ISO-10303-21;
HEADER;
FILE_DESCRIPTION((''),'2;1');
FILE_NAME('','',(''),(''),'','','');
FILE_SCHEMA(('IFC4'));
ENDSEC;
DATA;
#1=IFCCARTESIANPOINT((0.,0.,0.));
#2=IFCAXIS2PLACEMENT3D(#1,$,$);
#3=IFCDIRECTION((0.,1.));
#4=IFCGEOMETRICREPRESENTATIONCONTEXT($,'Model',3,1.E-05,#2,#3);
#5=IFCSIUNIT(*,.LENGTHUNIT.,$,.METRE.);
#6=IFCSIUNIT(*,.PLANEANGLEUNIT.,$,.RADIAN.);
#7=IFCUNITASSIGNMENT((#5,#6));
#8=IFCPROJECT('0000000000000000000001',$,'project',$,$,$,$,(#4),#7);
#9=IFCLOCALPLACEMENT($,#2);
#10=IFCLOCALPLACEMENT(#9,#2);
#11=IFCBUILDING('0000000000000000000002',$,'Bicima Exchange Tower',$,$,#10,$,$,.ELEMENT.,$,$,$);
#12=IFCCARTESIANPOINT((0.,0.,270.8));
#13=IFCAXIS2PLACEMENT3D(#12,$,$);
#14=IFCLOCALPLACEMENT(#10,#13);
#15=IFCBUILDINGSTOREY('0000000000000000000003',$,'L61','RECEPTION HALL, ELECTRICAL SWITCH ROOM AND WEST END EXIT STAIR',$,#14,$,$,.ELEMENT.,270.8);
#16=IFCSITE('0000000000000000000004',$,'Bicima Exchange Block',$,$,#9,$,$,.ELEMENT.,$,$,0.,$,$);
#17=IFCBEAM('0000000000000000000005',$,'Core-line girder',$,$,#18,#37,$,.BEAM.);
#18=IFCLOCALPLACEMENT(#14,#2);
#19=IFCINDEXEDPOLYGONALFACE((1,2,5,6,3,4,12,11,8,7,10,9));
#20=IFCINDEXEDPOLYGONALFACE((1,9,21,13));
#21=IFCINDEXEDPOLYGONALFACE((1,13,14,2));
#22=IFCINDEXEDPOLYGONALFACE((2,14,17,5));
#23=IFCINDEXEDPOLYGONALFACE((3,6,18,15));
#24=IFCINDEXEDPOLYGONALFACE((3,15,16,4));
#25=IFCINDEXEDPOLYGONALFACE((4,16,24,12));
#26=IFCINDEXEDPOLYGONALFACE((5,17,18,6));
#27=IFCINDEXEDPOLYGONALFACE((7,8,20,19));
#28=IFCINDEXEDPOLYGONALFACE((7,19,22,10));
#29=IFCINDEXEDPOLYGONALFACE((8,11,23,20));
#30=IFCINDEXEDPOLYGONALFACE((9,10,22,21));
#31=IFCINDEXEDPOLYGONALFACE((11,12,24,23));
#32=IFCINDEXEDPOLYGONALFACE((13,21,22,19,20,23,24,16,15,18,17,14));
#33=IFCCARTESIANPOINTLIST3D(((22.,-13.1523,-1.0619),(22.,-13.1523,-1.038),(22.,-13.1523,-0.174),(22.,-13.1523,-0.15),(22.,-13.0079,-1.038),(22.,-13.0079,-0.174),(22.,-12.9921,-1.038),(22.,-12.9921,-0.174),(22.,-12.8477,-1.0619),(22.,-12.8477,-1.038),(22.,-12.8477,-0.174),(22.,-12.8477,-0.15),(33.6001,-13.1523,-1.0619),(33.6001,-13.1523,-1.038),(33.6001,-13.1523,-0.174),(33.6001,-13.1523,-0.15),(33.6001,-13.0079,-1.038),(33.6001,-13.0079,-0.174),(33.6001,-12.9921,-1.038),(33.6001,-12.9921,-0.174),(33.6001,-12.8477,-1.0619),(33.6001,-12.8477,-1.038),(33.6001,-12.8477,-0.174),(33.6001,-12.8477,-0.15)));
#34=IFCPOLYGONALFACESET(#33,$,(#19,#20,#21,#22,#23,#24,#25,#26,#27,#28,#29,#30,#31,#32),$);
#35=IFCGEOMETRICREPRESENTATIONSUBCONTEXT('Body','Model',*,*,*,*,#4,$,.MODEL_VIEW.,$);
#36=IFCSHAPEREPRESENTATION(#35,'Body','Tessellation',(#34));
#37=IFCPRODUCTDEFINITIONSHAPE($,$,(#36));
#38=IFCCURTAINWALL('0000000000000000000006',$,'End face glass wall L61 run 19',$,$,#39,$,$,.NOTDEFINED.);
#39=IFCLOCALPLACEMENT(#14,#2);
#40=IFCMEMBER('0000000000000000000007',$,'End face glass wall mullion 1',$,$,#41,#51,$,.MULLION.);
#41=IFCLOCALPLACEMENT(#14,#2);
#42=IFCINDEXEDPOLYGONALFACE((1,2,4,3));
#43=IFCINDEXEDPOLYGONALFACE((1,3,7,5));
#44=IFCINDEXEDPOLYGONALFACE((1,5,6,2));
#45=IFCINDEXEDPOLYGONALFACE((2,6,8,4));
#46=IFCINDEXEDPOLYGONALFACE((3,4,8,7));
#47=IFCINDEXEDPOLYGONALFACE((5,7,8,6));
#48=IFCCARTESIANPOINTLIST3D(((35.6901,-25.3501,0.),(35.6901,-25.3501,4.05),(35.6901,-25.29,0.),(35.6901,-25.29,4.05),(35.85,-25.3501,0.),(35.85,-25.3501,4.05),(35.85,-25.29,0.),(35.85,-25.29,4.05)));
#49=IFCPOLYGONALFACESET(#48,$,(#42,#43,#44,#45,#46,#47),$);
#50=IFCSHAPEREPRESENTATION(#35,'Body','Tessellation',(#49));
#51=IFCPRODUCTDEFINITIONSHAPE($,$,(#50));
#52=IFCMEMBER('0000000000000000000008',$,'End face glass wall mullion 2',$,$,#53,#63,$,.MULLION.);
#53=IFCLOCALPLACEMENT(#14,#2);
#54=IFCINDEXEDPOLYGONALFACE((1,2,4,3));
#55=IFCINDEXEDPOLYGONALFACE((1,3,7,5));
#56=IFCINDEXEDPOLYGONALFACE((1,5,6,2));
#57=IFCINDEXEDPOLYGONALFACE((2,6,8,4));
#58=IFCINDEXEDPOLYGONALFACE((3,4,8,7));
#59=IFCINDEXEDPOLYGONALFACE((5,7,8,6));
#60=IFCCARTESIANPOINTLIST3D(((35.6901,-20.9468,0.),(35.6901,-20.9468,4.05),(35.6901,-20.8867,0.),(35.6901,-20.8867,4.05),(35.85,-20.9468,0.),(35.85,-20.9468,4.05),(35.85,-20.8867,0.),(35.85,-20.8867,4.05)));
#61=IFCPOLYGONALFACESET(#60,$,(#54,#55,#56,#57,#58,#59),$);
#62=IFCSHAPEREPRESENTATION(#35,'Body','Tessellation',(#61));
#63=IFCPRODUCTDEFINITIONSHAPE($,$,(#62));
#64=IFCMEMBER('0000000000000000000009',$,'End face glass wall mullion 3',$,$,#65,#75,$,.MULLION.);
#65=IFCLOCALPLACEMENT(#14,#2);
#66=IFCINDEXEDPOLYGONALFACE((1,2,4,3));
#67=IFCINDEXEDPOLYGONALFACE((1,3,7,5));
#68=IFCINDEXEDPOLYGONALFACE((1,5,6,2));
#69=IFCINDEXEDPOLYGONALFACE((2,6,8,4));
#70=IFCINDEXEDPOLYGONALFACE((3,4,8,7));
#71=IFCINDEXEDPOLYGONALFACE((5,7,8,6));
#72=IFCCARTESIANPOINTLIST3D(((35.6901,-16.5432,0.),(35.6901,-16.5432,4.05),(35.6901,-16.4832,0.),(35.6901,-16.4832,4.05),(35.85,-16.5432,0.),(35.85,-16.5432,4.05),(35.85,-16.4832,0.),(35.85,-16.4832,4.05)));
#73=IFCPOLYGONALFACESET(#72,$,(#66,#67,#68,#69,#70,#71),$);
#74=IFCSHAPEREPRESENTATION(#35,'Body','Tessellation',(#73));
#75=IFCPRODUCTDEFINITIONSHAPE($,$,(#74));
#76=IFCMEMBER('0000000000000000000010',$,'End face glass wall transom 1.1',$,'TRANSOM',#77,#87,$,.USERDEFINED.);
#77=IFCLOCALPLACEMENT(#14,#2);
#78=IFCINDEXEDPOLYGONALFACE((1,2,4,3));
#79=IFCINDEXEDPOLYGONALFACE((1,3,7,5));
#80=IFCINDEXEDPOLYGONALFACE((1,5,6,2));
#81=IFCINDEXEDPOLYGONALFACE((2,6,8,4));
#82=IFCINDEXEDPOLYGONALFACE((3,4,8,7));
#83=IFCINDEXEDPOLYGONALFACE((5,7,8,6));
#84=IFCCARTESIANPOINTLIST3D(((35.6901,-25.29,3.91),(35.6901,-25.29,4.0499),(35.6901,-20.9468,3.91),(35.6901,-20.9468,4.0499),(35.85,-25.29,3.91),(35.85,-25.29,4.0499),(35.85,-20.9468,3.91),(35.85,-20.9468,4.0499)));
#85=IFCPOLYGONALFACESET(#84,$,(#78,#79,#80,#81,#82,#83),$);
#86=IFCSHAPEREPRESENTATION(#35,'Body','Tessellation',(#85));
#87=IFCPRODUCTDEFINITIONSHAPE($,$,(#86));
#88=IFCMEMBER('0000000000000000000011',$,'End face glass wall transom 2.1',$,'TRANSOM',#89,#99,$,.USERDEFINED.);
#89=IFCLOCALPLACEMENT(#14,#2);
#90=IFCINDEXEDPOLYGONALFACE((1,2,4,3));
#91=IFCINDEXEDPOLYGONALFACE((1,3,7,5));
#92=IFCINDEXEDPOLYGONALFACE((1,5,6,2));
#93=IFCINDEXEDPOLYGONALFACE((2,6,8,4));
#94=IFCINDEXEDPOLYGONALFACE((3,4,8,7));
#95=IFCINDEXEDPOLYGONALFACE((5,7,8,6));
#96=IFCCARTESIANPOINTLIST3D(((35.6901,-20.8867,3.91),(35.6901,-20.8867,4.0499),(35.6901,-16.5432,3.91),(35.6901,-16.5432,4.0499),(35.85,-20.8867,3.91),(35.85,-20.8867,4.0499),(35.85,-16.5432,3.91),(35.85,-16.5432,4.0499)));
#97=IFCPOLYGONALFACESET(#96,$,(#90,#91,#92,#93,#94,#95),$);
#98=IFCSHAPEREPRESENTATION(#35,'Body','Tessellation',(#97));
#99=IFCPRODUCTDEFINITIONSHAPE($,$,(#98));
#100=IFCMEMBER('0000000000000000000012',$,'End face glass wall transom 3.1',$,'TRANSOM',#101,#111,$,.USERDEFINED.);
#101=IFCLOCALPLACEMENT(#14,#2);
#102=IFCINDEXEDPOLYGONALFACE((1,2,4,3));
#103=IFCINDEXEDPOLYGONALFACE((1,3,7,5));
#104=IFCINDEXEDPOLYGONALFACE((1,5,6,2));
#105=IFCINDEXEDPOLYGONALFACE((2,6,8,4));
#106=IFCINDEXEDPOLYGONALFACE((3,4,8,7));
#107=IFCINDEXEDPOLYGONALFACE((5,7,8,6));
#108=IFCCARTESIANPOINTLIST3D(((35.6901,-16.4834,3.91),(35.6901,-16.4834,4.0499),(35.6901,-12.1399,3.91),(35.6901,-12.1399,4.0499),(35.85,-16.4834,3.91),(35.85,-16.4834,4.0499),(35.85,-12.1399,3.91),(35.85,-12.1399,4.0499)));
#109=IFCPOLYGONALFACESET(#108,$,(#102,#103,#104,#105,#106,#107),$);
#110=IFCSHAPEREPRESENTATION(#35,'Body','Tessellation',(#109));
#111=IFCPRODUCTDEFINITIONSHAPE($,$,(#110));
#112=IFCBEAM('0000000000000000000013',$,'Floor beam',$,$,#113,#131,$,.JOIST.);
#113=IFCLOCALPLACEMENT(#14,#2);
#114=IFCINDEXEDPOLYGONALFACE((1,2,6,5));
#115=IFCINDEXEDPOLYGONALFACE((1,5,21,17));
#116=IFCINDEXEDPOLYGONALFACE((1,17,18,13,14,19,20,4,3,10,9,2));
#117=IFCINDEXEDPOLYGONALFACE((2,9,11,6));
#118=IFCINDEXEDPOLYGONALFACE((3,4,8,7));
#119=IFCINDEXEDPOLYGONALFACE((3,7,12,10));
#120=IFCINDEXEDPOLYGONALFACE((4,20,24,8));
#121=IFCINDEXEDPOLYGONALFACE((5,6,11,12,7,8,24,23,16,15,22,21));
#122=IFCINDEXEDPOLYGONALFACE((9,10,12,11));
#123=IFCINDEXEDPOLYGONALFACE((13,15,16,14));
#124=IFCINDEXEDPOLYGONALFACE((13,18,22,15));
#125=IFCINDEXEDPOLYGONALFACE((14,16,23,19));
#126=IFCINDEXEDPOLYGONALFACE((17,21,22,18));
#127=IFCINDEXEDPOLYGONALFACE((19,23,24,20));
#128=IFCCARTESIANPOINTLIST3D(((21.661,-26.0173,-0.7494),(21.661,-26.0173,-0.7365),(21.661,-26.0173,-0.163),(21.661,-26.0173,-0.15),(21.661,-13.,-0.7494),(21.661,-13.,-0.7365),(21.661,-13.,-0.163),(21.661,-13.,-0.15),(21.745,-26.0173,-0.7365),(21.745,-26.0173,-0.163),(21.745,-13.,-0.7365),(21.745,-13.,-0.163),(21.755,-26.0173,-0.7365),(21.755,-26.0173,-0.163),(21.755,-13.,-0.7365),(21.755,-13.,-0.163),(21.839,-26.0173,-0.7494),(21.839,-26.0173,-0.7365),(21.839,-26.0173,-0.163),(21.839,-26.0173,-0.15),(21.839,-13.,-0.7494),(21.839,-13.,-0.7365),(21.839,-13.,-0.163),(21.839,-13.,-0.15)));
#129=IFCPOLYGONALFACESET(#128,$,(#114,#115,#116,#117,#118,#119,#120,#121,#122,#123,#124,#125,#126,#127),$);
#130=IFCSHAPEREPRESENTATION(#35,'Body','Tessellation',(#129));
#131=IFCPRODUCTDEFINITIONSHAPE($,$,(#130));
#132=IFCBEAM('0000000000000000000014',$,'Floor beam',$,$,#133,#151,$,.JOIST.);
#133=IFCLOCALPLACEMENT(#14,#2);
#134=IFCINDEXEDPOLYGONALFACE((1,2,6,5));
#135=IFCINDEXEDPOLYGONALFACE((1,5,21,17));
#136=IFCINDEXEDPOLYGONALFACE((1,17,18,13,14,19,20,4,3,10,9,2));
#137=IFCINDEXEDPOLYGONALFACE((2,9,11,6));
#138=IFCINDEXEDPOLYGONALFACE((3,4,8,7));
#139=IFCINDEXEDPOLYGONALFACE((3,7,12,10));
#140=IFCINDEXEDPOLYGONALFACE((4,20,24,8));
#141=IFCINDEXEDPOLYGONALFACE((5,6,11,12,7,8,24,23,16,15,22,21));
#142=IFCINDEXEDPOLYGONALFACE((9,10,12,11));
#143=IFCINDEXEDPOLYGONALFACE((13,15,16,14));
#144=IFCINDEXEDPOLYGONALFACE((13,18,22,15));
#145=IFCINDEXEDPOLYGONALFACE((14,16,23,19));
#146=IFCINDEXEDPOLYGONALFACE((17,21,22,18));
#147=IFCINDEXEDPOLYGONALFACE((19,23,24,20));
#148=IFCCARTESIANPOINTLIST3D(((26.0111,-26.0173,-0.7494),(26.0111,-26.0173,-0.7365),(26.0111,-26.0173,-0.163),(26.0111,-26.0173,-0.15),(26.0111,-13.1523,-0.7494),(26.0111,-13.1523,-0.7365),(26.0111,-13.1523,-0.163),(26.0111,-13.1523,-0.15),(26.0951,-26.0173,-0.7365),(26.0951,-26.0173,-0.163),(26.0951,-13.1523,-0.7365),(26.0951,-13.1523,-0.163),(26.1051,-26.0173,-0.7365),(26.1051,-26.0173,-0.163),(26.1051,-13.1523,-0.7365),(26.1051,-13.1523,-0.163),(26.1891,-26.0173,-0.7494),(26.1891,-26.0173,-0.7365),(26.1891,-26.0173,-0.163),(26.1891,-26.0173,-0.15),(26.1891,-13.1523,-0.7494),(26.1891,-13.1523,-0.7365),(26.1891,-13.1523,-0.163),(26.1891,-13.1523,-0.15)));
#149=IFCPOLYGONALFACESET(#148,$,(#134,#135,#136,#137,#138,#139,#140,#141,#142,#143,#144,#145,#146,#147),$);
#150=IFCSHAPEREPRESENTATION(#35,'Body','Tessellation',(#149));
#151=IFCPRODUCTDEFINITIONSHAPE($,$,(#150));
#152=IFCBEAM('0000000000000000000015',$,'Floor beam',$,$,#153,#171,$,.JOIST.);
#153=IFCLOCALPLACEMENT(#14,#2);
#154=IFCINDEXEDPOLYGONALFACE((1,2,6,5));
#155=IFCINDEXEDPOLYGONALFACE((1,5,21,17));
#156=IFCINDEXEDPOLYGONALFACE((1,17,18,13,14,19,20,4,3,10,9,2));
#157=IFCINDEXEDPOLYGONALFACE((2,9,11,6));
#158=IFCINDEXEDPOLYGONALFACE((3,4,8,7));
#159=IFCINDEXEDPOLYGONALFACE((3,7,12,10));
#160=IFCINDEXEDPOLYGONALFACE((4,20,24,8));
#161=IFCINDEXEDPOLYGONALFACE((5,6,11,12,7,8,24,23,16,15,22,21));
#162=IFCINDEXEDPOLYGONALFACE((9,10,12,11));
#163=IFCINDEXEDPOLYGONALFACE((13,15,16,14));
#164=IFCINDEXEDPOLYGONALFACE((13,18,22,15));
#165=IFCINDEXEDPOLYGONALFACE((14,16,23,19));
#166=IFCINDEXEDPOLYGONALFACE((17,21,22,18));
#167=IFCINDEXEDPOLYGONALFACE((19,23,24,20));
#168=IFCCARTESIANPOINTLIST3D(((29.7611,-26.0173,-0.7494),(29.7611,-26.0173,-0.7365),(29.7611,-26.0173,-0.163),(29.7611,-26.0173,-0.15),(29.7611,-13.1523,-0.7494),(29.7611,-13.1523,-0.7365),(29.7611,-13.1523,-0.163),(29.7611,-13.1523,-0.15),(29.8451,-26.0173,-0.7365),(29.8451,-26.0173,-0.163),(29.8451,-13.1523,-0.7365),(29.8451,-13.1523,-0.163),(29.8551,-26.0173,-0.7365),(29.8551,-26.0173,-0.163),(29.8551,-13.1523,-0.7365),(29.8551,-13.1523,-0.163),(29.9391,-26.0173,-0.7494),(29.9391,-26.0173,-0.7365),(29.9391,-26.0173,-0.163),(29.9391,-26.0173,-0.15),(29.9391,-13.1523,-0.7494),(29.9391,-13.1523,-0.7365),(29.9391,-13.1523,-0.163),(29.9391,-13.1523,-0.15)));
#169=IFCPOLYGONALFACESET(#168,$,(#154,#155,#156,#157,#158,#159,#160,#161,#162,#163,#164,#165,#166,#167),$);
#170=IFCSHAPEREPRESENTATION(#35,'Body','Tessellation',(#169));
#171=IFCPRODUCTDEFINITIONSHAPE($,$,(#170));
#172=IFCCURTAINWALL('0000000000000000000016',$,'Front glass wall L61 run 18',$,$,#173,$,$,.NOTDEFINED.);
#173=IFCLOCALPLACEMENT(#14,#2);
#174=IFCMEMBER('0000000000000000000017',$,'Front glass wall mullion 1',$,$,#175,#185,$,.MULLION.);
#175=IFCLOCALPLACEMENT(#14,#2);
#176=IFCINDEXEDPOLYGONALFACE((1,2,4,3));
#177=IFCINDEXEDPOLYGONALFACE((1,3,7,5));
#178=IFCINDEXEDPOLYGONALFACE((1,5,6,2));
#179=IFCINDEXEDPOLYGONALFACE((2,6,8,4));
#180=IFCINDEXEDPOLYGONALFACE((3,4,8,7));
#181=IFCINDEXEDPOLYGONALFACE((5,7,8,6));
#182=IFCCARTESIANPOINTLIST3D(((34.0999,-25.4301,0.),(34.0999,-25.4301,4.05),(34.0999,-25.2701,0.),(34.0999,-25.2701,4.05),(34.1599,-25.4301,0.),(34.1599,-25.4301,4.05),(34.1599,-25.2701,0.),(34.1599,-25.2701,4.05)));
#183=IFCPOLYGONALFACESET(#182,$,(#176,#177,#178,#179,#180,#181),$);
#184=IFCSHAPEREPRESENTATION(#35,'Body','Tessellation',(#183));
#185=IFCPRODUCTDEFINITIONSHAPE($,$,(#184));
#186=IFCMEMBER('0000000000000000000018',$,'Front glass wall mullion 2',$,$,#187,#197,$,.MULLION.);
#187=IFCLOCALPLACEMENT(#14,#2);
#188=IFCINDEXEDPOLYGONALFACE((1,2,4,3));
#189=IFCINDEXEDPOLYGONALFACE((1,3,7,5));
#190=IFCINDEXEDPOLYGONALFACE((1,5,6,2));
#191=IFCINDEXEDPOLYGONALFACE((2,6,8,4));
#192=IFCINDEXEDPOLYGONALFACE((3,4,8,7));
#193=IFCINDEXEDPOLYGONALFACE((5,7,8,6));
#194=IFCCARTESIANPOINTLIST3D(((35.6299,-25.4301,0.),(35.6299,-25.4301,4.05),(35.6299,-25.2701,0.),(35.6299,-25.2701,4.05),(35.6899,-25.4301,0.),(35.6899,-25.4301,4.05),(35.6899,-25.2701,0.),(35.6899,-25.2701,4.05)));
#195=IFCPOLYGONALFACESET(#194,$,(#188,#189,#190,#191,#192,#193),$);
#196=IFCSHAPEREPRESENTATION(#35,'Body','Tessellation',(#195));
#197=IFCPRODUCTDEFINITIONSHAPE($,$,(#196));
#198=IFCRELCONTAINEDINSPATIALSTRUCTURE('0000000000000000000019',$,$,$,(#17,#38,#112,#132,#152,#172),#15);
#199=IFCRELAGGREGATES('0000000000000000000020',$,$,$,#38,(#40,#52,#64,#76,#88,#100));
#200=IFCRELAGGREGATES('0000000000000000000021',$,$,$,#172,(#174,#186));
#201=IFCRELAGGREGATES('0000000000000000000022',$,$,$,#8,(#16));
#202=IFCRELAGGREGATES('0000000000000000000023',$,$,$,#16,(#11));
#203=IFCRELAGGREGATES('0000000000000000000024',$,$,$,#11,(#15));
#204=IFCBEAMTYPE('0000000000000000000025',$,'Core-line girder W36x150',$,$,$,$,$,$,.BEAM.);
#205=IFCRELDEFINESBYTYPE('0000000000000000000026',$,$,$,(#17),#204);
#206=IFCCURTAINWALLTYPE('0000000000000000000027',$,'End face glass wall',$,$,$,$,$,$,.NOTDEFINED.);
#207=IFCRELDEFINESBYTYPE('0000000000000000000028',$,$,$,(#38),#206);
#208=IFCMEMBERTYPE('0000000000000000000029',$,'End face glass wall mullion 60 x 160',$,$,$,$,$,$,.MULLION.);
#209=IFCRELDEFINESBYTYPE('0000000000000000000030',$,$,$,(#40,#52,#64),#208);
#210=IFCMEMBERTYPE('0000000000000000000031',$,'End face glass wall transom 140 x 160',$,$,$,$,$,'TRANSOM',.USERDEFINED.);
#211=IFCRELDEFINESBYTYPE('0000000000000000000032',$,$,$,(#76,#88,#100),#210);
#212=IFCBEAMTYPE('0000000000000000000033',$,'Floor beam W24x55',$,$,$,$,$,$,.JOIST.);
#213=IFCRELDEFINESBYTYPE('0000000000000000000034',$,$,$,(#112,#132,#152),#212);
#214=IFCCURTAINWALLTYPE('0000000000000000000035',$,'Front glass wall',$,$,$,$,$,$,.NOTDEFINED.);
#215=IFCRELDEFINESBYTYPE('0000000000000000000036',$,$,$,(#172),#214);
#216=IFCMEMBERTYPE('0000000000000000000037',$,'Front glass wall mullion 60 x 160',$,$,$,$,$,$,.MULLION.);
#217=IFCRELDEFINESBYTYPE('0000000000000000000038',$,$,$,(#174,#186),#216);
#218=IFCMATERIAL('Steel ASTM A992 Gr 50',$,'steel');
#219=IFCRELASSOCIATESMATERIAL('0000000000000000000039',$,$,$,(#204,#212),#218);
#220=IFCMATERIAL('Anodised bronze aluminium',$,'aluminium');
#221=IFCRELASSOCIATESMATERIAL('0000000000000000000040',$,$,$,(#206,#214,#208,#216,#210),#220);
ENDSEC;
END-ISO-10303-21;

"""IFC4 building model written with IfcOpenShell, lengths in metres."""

from ifc_helpers import new_model, si_unit, direction, frame, origin, origin_2d, place, context, subcontext, project, spatial, rectangle, i_section, extrude, material, material_profile, profile_set, type_object, element, aggregate, save


model = new_model("IFC4")

# Units and contexts
model_context = context("Model", 3, precision=1e-05, world=origin(), true_north=direction((0.0, 1.0)))
body_context = subcontext(model_context, "Body", "Model", "MODEL_VIEW")
ifc_project = project(units=[si_unit("LENGTHUNIT", "METRE"), si_unit("PLANEANGLEUNIT", "RADIAN")], contexts=[model_context])

# Site, building, storey
site_placement = place(None, origin())
site = spatial("IfcSite", under=ifc_project, at=site_placement, Name="Bicima Exchange Block", CompositionType="ELEMENT", RefElevation=0.0)
building_placement = place(site_placement, origin())
building = spatial("IfcBuilding", under=site, at=building_placement, Name="Bicima Exchange Tower", CompositionType="ELEMENT")
storey_placement = place(building_placement, frame((0.0, 0.0, 270.8)))
storey = spatial("IfcBuildingStorey", under=building, at=storey_placement, Name="L61", Description="RECEPTION HALL, ELECTRICAL SWITCH ROOM AND WEST END EXIT STAIR", CompositionType="ELEMENT", Elevation=270.8)

# Beam
ifc_material_1 = material(Name="Steel ASTM A992 Gr 50", Category="steel")
ifc_material_profile_1 = material_profile(ifc_material_1, i_section(OverallWidth=0.3047, OverallDepth=0.9119, WebThickness=0.0159, FlangeThickness=0.0239, at=origin_2d()))
ifc_profile_set_1 = profile_set([ifc_material_profile_1], Name="Steel ASTM A992 Gr 50")
beam_type_1 = type_object("IfcBeamType", Name="Core-line girder W36x150", PredefinedType="BEAM", material=ifc_profile_set_1)
beam_1_placement = place(storey_placement, frame((22.0, -13.0, -0.606), z_axis=(1.0, 0.0, 0.0), x_axis=(0.0, 1.0, 0.0)))
element("IfcBeam", 1, at=beam_1_placement, inside=storey, type_object=beam_type_1, Name="Core-line girder", PredefinedType="BEAM", context=body_context, shape_type="SweptSolid", body=[
    extrude(i_section(OverallWidth=0.3047, OverallDepth=0.9119, WebThickness=0.0159, FlangeThickness=0.0239, at=origin_2d()), origin(), (0.0, 0.0, 1.0), 11.6001),
])

# Curtain wall, members
ifc_material_2 = material(Name="Anodised bronze aluminium", Category="aluminium")
curtain_wall_type_1 = type_object("IfcCurtainWallType", Name="End face glass wall", PredefinedType="NOTDEFINED", material=ifc_material_2)
curtain_wall_1_placement = place(storey_placement, origin())
curtain_wall_1 = element("IfcCurtainWall", 2, at=curtain_wall_1_placement, inside=storey, type_object=curtain_wall_type_1, Name="End face glass wall L61 run 19", PredefinedType="NOTDEFINED")
ifc_material_profile_2 = material_profile(ifc_material_2, rectangle(XDim=0.1599, YDim=0.0601, at=origin_2d()))
ifc_profile_set_2 = profile_set([ifc_material_profile_2], Name="Anodised bronze aluminium")
member_type_1 = type_object("IfcMemberType", Name="End face glass wall mullion 60 x 160", PredefinedType="MULLION", material=ifc_profile_set_2)
member_1_placement = place(storey_placement, frame((35.77, -25.3201, 0.0), z_axis=(0.0, 0.0, 1.0), x_axis=(-1.0, 0.0, 0.0)))
member_1 = element("IfcMember", 3, at=member_1_placement, type_object=member_type_1, Name="End face glass wall mullion 1", PredefinedType="MULLION", context=body_context, shape_type="SweptSolid", body=[
    extrude(rectangle(XDim=0.1599, YDim=0.0601, at=origin_2d()), origin(), (0.0, 0.0, 1.0), 4.05),
])
member_2_placement = place(storey_placement, frame((35.77, -20.9167, 0.0), z_axis=(0.0, 0.0, 1.0), x_axis=(-1.0, 0.0, 0.0)))
member_2 = element("IfcMember", 4, at=member_2_placement, type_object=member_type_1, Name="End face glass wall mullion 2", PredefinedType="MULLION", context=body_context, shape_type="SweptSolid", body=[
    extrude(rectangle(XDim=0.1599, YDim=0.0601, at=origin_2d()), origin(), (0.0, 0.0, 1.0), 4.05),
])
member_3_placement = place(storey_placement, frame((35.77, -16.5132, 0.0), z_axis=(0.0, 0.0, 1.0), x_axis=(-1.0, 0.0, 0.0)))
member_3 = element("IfcMember", 5, at=member_3_placement, type_object=member_type_1, Name="End face glass wall mullion 3", PredefinedType="MULLION", context=body_context, shape_type="SweptSolid", body=[
    extrude(rectangle(XDim=0.1599, YDim=0.0601, at=origin_2d()), origin(), (0.0, 0.0, 1.0), 4.05),
])
ifc_material_profile_3 = material_profile(ifc_material_2, rectangle(XDim=0.1599, YDim=0.1399, at=origin_2d()))
ifc_profile_set_3 = profile_set([ifc_material_profile_3], Name="Anodised bronze aluminium")
member_type_2 = type_object("IfcMemberType", Name="End face glass wall transom 140 x 160", ElementType="TRANSOM", PredefinedType="USERDEFINED", material=ifc_profile_set_3)
member_4_placement = place(storey_placement, frame((35.77, -25.29, 3.98), z_axis=(0.0, 1.0, 0.0), x_axis=(-1.0, 0.0, 0.0)))
member_4 = element("IfcMember", 6, at=member_4_placement, type_object=member_type_2, Name="End face glass wall transom 1.1", ObjectType="TRANSOM", PredefinedType="USERDEFINED", context=body_context, shape_type="SweptSolid", body=[
    extrude(rectangle(XDim=0.1599, YDim=0.1399, at=origin_2d()), origin(), (0.0, 0.0, 1.0), 4.3433),
])
member_5_placement = place(storey_placement, frame((35.77, -20.8867, 3.98), z_axis=(0.0, 1.0, 0.0), x_axis=(-1.0, 0.0, 0.0)))
member_5 = element("IfcMember", 7, at=member_5_placement, type_object=member_type_2, Name="End face glass wall transom 2.1", ObjectType="TRANSOM", PredefinedType="USERDEFINED", context=body_context, shape_type="SweptSolid", body=[
    extrude(rectangle(XDim=0.1599, YDim=0.1399, at=origin_2d()), origin(), (0.0, 0.0, 1.0), 4.3435),
])
member_6_placement = place(storey_placement, frame((35.77, -16.4834, 3.98), z_axis=(0.0, 1.0, 0.0), x_axis=(-1.0, 0.0, 0.0)))
member_6 = element("IfcMember", 8, at=member_6_placement, type_object=member_type_2, Name="End face glass wall transom 3.1", ObjectType="TRANSOM", PredefinedType="USERDEFINED", context=body_context, shape_type="SweptSolid", body=[
    extrude(rectangle(XDim=0.1599, YDim=0.1399, at=origin_2d()), origin(), (0.0, 0.0, 1.0), 4.3435),
])

# Beams
ifc_material_profile_4 = material_profile(ifc_material_1, i_section(OverallWidth=0.178, OverallDepth=0.5994, WebThickness=0.01, FlangeThickness=0.0129, at=origin_2d()))
ifc_profile_set_4 = profile_set([ifc_material_profile_4], Name="Steel ASTM A992 Gr 50")
beam_type_2 = type_object("IfcBeamType", Name="Floor beam W24x55", PredefinedType="JOIST", material=ifc_profile_set_4)
beam_2_placement = place(storey_placement, frame((21.75, -13.0, -0.4497), z_axis=(0.0, -1.0, 0.0), x_axis=(1.0, 0.0, 0.0)))
element("IfcBeam", 9, at=beam_2_placement, inside=storey, type_object=beam_type_2, Name="Floor beam", PredefinedType="JOIST", context=body_context, shape_type="SweptSolid", body=[
    extrude(i_section(OverallWidth=0.178, OverallDepth=0.5994, WebThickness=0.01, FlangeThickness=0.0129, at=origin_2d()), origin(), (0.0, 0.0, 1.0), 13.0173),
])
for number, where, z_axis, x_axis, name in (
    (10, (26.1001, -13.1523, -0.4497), (0.0, -1.0, 0.0), (1.0, 0.0, 0.0), "Floor beam"),
    (11, (29.8501, -13.1523, -0.4497), (0.0, -1.0, 0.0), (1.0, 0.0, 0.0), "Floor beam"),
):
    element("IfcBeam", number, at=place(storey_placement, frame(where, z_axis=z_axis, x_axis=x_axis)), inside=storey, type_object=beam_type_2, Name=name, PredefinedType="JOIST", context=body_context, shape_type="SweptSolid", body=[
        extrude(i_section(OverallWidth=0.178, OverallDepth=0.5994, WebThickness=0.01, FlangeThickness=0.0129, at=origin_2d()), origin(), (0.0, 0.0, 1.0), 12.865),
    ])

# Curtain wall, members
curtain_wall_type_2 = type_object("IfcCurtainWallType", Name="Front glass wall", PredefinedType="NOTDEFINED", material=ifc_material_2)
curtain_wall_2_placement = place(storey_placement, origin())
curtain_wall_2 = element("IfcCurtainWall", 12, at=curtain_wall_2_placement, inside=storey, type_object=curtain_wall_type_2, Name="Front glass wall L61 run 18", PredefinedType="NOTDEFINED")
member_type_3 = type_object("IfcMemberType", Name="Front glass wall mullion 60 x 160", PredefinedType="MULLION", material=ifc_profile_set_2)
member_7_placement = place(storey_placement, frame((34.1299, -25.3501, 0.0), z_axis=(0.0, 0.0, 1.0), x_axis=(0.0, 1.0, 0.0)))
member_7 = element("IfcMember", 13, at=member_7_placement, type_object=member_type_3, Name="Front glass wall mullion 1", PredefinedType="MULLION", context=body_context, shape_type="SweptSolid", body=[
    extrude(rectangle(XDim=0.1599, YDim=0.0601, at=origin_2d()), origin(), (0.0, 0.0, 1.0), 4.05),
])
member_8_placement = place(storey_placement, frame((35.6599, -25.3501, 0.0), z_axis=(0.0, 0.0, 1.0), x_axis=(0.0, 1.0, 0.0)))
member_8 = element("IfcMember", 14, at=member_8_placement, type_object=member_type_3, Name="Front glass wall mullion 2", PredefinedType="MULLION", context=body_context, shape_type="SweptSolid", body=[
    extrude(rectangle(XDim=0.1599, YDim=0.0601, at=origin_2d()), origin(), (0.0, 0.0, 1.0), 4.05),
])

aggregate(curtain_wall_1, [member_1, member_2, member_3, member_4, member_5, member_6])
aggregate(curtain_wall_2, [member_7, member_8])

save(model, "model.ifc")
